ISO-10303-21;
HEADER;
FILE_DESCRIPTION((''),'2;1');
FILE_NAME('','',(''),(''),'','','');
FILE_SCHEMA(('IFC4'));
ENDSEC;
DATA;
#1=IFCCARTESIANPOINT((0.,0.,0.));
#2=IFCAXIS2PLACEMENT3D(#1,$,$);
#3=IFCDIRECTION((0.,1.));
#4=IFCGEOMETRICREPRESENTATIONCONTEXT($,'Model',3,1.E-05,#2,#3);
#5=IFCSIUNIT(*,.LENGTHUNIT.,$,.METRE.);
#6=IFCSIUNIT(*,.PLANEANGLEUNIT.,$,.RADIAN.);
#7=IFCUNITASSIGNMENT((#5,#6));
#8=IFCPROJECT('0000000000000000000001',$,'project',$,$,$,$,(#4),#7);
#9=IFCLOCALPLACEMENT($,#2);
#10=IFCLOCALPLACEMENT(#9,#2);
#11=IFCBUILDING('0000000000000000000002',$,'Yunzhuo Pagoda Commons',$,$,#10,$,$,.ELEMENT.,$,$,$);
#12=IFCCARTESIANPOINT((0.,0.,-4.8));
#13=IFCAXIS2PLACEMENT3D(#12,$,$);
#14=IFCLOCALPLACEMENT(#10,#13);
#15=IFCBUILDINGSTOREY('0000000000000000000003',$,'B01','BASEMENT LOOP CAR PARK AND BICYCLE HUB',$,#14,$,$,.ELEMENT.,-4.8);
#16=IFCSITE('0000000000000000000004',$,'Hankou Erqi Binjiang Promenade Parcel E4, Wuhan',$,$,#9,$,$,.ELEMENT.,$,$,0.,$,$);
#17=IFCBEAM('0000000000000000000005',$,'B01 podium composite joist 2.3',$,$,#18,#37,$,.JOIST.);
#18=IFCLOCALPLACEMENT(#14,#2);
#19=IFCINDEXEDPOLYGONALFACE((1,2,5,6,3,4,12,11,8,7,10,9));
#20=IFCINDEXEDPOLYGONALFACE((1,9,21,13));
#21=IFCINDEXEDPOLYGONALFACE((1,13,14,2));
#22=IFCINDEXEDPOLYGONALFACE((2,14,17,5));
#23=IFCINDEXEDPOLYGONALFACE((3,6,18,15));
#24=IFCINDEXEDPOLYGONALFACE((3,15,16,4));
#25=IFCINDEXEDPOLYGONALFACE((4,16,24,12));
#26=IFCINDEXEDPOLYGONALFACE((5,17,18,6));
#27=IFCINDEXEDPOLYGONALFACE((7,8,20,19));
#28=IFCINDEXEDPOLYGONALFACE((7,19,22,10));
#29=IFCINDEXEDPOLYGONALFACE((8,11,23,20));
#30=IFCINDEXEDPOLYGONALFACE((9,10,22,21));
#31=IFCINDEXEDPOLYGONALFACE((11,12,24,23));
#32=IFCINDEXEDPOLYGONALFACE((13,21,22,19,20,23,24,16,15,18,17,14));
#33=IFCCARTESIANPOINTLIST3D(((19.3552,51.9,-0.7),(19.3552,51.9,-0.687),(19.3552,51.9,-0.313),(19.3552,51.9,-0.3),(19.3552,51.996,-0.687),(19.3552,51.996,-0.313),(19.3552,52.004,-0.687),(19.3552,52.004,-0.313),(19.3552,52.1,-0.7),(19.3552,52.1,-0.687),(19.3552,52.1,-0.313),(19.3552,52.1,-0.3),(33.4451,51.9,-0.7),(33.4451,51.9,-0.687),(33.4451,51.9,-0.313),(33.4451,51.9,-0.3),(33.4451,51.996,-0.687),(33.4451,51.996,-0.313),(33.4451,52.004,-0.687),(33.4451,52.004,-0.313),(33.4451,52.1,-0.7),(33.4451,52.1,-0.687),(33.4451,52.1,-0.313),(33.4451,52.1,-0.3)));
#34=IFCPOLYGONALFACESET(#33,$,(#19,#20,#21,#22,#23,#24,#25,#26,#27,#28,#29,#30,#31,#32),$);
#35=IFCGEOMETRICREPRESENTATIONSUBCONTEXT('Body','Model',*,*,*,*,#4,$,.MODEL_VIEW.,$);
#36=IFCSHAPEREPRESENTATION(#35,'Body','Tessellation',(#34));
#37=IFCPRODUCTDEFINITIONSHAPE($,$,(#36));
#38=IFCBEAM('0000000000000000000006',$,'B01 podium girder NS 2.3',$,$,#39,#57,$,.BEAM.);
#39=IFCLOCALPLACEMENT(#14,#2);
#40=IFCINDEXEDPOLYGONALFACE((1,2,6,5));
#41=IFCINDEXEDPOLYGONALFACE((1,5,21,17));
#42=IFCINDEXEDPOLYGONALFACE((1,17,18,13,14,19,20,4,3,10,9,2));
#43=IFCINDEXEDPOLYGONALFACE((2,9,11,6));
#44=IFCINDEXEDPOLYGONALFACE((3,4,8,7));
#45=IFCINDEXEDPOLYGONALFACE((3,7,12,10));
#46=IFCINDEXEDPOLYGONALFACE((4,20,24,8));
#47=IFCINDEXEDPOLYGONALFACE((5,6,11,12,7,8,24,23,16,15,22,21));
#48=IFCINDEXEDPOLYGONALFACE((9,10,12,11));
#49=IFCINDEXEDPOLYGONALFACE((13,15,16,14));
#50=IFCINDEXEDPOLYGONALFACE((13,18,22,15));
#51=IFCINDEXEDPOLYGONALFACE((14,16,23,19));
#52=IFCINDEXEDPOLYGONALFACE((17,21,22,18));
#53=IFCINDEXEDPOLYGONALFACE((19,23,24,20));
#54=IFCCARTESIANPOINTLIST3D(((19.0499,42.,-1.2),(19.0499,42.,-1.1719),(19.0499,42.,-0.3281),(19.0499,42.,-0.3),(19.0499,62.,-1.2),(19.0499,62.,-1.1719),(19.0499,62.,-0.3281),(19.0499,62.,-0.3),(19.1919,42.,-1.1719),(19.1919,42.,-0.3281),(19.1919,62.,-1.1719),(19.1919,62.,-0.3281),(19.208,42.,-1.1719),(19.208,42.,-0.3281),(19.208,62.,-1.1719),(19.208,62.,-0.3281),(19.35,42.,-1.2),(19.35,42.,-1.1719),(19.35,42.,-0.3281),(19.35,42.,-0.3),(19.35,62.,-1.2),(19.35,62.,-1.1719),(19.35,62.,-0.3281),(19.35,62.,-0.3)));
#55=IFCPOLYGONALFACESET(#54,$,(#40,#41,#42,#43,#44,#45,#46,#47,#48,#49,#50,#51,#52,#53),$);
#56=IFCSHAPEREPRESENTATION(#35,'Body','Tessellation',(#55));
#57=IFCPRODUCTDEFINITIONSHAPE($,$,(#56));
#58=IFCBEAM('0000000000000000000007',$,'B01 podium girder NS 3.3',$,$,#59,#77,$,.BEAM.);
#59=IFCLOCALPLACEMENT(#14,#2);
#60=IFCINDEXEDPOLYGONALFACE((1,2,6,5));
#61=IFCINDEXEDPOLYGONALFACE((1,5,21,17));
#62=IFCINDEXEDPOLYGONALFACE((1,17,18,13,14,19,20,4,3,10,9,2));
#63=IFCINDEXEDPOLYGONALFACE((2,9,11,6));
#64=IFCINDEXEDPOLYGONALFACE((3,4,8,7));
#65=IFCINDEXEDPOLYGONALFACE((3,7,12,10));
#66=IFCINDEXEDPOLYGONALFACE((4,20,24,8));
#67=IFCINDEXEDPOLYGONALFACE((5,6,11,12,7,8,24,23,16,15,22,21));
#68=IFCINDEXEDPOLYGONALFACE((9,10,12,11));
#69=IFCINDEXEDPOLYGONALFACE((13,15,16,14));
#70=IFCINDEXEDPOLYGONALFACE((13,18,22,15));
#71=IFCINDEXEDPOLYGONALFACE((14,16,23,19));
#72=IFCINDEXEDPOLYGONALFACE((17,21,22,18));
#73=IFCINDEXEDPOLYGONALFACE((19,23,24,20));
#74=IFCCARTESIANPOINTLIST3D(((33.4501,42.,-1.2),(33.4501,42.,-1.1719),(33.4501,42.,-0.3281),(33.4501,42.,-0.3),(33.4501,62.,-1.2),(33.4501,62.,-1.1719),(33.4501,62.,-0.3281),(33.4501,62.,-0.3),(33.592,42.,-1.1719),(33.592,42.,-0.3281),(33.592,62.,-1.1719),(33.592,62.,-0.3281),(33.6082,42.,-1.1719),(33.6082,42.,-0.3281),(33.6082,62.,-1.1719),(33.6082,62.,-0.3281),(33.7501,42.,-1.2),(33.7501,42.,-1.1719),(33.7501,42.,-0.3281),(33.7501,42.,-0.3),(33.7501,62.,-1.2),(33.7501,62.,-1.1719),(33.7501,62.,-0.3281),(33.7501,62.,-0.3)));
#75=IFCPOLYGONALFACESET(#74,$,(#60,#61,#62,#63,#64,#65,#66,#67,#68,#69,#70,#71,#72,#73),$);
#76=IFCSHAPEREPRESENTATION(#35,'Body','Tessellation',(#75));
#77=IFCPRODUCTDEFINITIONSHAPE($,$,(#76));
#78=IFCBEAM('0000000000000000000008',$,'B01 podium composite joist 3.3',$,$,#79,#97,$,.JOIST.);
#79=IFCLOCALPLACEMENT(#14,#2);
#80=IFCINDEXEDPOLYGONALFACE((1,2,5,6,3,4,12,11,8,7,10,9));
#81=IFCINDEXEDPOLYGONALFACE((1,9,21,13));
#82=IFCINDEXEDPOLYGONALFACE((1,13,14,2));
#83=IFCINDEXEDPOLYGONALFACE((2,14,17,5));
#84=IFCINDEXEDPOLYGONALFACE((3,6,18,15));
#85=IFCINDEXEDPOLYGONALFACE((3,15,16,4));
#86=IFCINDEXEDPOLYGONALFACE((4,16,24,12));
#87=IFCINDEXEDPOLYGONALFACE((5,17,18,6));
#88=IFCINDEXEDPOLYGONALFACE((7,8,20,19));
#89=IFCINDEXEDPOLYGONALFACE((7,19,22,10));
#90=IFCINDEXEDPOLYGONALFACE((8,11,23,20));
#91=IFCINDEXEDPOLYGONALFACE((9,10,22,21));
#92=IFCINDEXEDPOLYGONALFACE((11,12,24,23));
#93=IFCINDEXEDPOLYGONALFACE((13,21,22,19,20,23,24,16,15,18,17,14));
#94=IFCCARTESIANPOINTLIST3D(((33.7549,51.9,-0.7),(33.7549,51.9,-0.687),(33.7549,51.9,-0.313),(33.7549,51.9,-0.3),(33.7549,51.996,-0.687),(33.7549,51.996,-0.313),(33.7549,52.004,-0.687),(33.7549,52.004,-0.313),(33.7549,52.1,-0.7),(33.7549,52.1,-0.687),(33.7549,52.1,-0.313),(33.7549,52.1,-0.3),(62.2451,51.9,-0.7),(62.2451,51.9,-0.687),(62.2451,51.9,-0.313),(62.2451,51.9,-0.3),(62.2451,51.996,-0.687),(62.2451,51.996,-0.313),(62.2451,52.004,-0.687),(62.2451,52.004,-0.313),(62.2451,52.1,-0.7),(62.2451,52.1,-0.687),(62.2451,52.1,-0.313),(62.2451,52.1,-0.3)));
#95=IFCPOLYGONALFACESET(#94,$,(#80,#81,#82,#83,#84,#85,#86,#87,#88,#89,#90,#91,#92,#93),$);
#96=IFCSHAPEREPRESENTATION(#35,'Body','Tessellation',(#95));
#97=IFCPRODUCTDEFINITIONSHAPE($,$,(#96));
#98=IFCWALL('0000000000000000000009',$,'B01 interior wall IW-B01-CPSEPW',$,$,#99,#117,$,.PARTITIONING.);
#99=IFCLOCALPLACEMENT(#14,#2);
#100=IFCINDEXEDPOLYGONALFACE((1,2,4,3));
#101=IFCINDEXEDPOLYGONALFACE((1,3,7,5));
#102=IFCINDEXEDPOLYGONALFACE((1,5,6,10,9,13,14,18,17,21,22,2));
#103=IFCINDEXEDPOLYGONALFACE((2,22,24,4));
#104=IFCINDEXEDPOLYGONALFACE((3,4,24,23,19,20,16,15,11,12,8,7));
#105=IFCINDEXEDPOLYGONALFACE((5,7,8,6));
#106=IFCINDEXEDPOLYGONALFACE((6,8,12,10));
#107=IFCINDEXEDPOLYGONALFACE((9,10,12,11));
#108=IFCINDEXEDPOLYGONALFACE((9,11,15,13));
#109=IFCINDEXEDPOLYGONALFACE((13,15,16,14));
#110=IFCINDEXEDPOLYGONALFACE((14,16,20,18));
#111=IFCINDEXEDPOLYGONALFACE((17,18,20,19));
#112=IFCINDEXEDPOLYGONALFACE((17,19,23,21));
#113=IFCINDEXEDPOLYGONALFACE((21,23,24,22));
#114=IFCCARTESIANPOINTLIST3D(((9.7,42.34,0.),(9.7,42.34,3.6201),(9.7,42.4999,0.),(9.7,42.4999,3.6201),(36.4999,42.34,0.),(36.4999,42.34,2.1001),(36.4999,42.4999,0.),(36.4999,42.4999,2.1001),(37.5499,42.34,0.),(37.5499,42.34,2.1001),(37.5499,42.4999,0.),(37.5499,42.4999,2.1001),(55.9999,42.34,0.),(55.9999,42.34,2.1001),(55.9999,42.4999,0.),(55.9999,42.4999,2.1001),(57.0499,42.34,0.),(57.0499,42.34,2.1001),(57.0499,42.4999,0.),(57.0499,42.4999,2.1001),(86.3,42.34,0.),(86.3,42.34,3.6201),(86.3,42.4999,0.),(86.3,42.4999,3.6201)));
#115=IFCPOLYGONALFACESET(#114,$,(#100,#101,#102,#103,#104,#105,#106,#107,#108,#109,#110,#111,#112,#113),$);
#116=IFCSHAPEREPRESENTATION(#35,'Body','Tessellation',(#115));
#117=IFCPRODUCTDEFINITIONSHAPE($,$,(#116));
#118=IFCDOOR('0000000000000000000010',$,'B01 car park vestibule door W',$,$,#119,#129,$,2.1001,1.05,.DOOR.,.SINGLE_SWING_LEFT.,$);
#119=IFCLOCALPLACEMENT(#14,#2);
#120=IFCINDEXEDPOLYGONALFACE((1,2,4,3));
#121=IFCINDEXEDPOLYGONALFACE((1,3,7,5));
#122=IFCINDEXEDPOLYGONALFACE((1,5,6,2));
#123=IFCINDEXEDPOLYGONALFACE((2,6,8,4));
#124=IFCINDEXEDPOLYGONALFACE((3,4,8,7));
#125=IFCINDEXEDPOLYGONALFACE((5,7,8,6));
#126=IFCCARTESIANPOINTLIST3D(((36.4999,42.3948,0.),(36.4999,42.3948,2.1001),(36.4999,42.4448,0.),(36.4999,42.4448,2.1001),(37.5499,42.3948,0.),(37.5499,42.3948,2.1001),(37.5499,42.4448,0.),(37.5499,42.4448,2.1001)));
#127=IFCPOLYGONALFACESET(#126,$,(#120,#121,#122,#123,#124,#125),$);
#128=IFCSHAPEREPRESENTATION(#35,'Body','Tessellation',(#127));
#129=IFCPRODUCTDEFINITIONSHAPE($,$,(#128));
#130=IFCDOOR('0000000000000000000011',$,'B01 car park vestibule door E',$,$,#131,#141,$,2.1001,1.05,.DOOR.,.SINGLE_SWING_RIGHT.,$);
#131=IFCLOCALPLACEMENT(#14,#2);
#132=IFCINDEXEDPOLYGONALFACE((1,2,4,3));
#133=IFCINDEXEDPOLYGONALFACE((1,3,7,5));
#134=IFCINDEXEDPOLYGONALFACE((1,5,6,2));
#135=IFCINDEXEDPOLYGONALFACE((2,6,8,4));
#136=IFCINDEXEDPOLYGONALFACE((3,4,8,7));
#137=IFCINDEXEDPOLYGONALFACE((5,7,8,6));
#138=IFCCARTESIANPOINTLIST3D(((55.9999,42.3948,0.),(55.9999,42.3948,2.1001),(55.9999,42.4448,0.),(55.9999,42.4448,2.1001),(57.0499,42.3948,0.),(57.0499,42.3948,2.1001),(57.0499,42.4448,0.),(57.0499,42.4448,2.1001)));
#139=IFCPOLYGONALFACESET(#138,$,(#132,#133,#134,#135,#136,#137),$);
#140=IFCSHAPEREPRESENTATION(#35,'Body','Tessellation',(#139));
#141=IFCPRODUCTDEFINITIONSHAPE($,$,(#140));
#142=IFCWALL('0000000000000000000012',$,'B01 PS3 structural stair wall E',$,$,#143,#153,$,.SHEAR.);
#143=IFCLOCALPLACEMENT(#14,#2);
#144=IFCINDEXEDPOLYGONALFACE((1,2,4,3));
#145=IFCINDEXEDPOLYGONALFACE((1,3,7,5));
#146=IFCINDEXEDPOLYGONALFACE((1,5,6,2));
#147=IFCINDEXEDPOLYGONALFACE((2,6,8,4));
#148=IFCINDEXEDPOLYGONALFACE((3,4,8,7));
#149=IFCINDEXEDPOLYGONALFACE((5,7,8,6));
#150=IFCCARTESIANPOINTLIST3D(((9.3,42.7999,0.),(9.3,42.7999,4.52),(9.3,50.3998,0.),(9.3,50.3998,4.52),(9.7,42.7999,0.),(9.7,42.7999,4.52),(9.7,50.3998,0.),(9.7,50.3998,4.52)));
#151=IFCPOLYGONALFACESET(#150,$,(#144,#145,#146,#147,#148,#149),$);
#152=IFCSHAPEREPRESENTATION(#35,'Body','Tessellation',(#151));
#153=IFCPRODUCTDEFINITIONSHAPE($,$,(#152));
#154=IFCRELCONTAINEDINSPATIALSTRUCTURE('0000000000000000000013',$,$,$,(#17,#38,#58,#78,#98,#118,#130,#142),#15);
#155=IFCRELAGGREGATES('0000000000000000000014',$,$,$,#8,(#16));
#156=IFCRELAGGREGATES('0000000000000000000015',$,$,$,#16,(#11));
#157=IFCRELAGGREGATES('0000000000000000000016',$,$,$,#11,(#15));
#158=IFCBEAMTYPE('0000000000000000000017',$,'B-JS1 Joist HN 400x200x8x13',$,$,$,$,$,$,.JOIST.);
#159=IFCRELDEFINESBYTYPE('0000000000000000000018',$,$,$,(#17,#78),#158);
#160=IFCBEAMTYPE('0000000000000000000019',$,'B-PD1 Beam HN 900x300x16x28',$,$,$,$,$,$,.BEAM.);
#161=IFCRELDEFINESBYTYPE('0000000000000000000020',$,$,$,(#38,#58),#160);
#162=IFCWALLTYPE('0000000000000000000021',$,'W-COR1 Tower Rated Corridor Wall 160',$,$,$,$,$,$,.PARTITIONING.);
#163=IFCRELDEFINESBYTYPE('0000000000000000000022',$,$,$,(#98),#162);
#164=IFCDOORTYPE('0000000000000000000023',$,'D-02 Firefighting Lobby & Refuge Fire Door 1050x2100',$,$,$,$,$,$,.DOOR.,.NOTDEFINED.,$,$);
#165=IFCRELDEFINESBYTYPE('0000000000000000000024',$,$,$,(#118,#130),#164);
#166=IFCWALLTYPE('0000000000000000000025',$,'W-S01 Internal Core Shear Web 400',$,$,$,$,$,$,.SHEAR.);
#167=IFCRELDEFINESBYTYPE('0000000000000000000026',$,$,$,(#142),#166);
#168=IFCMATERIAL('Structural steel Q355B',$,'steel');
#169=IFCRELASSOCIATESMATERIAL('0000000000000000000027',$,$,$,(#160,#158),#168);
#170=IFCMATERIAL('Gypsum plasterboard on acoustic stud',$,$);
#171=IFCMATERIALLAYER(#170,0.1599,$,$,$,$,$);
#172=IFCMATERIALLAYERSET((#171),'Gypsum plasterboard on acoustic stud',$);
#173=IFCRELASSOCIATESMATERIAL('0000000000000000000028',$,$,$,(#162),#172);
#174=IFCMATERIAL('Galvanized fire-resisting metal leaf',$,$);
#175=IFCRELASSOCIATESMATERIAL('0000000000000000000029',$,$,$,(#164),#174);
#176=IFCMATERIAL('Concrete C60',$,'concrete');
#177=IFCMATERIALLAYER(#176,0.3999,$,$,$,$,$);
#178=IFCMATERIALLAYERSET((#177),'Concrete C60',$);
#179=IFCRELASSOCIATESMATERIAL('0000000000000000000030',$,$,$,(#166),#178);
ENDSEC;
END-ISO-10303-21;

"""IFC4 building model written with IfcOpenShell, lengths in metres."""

from ifc_helpers import new_model, si_unit, direction, frame, frame_2d, origin, origin_with_axes, origin_2d, place, context, subcontext, project, spatial, rectangle, i_section, extrude, source, transform, mapped, material, layer, layer_set, material_profile, profile_set, type_object, element, fill, save


model = new_model("IFC4")

# Units and contexts
model_context = context("Model", 3, precision=1e-05, world=origin(), true_north=direction((0.0, 1.0)))
body_context = subcontext(model_context, "Body", "Model", "MODEL_VIEW")
ifc_project = project(units=[si_unit("LENGTHUNIT", "METRE"), si_unit("PLANEANGLEUNIT", "RADIAN")], contexts=[model_context])

# Site, building, storey
site_placement = place(None, origin())
site = spatial("IfcSite", under=ifc_project, at=site_placement, Name="Hankou Erqi Binjiang Promenade Parcel E4, Wuhan", CompositionType="ELEMENT", RefElevation=0.0)
building_placement = place(site_placement, origin())
building = spatial("IfcBuilding", under=site, at=building_placement, Name="Yunzhuo Pagoda Commons", CompositionType="ELEMENT")
storey_placement = place(building_placement, frame((0.0, 0.0, -4.8)))
storey = spatial("IfcBuildingStorey", under=building, at=storey_placement, Name="B01", Description="BASEMENT LOOP CAR PARK AND BICYCLE HUB", CompositionType="ELEMENT", Elevation=-4.8)

# Beams
ifc_material_1 = material(Name="Structural steel Q355B", Category="steel")
ifc_material_profile_1 = material_profile(ifc_material_1, i_section(OverallWidth=0.3, OverallDepth=0.8999, WebThickness=0.0161, FlangeThickness=0.0281, at=origin_2d()), Name="Structural steel Q355B")
ifc_profile_set_1 = profile_set([ifc_material_profile_1], Name="Structural steel Q355B")
beam_type_1 = type_object("IfcBeamType", Name="B-PD1 Beam HN 900x300x16x28", PredefinedType="BEAM", material=ifc_profile_set_1)
ifc_material_profile_2 = material_profile(ifc_material_1, i_section(OverallWidth=0.2, OverallDepth=0.3999, WebThickness=0.0081, FlangeThickness=0.0129, at=origin_2d()), Name="Structural steel Q355B")
ifc_profile_set_2 = profile_set([ifc_material_profile_2], Name="Structural steel Q355B")
beam_type_2 = type_object("IfcBeamType", Name="B-JS1 Joist HN 400x200x8x13", PredefinedType="JOIST", material=ifc_profile_set_2)
shared_shape_1 = source(origin(), body_context, "Body", "SweptSolid", [
    extrude(i_section(OverallWidth=0.2, OverallDepth=0.3999, WebThickness=0.0081, FlangeThickness=0.0129, at=origin_2d()), origin(), (0.0, 0.0, 1.0), 14.0898),
])
beam_1_placement = place(storey_placement, frame((19.3552, 52.0, -0.5), z_axis=(1.0, 0.0, 0.0), x_axis=(0.0, 1.0, 0.0)))
element("IfcBeam", 1, at=beam_1_placement, inside=storey, type_object=beam_type_2, Name="B01 podium composite joist 2.3", PredefinedType="JOIST", context=body_context, shape_type="MappedRepresentation", body=[
    mapped(shared_shape_1, transform((0.0, 0.0, 0.0), scale=1.0)),
])
shared_shape_2 = source(origin(), body_context, "Body", "SweptSolid", [
    extrude(i_section(OverallWidth=0.3, OverallDepth=0.8999, WebThickness=0.0161, FlangeThickness=0.0281, at=origin_2d()), origin(), (0.0, 0.0, 1.0), 20.0),
])
for number, where, z_axis, x_axis, name in (
    (2, (19.2, 42.0, -0.75), (0.0, 1.0, 0.0), (-1.0, 0.0, 0.0), "B01 podium girder NS 2.3"),
    (3, (33.6001, 42.0, -0.75), (0.0, 1.0, 0.0), (-1.0, 0.0, 0.0), "B01 podium girder NS 3.3"),
):
    element("IfcBeam", number, at=place(storey_placement, frame(where, z_axis=z_axis, x_axis=x_axis)), inside=storey, type_object=beam_type_1, Name=name, PredefinedType="BEAM", context=body_context, shape_type="MappedRepresentation", body=[
        mapped(shared_shape_2, transform((0.0, 0.0, 0.0), scale=1.0)),
    ])
shared_shape_3 = source(origin(), body_context, "Body", "SweptSolid", [
    extrude(i_section(OverallWidth=0.2, OverallDepth=0.3999, WebThickness=0.0081, FlangeThickness=0.0129, at=origin_2d()), origin(), (0.0, 0.0, 1.0), 28.4902),
])
beam_2_placement = place(storey_placement, frame((33.7549, 52.0, -0.5), z_axis=(1.0, 0.0, 0.0), x_axis=(0.0, 1.0, 0.0)))
element("IfcBeam", 4, at=beam_2_placement, inside=storey, type_object=beam_type_2, Name="B01 podium composite joist 3.3", PredefinedType="JOIST", context=body_context, shape_type="MappedRepresentation", body=[
    mapped(shared_shape_3, transform((0.0, 0.0, 0.0), scale=1.0)),
])

# Wall, openings, doors
ifc_material_2 = material(Name="Gypsum plasterboard on acoustic stud")
ifc_layer_1 = layer(ifc_material_2, 0.1599)
ifc_layer_set_1 = layer_set([ifc_layer_1], Name="Gypsum plasterboard on acoustic stud")
wall_type_1 = type_object("IfcWallType", Name="W-COR1 Tower Rated Corridor Wall 160", PredefinedType="PARTITIONING", material=ifc_layer_set_1)
wall_1_placement = place(storey_placement, frame((9.7, 42.4199, 0.0), z_axis=(0.0, 0.0, 1.0), x_axis=(1.0, 0.0, 0.0)))
wall_1 = element("IfcWall", 5, at=wall_1_placement, inside=storey, type_object=wall_type_1, Name="B01 interior wall IW-B01-CPSEPW", PredefinedType="PARTITIONING", context=body_context, shape_type="SweptSolid", body=[
    extrude(rectangle(XDim=76.6001, YDim=0.1599, at=frame_2d((38.3, 0.0))), origin(), (0.0, 0.0, 1.0), 3.6201),
])
opening_1_placement = place(wall_1_placement, frame((26.8, 0.0, 0.0)))
opening_1 = element("IfcOpeningElement", 6, at=opening_1_placement, cuts=wall_1, PredefinedType="OPENING", context=body_context, shape_type="SweptSolid", body=[
    extrude(rectangle(XDim=1.05, YDim=2.1001, at=frame_2d((0.5249, 1.05))), frame((0.0, 0.0898, 0.0), z_axis=(0.0, -1.0, 0.0), x_axis=(1.0, 0.0, 0.0)), (0.0, 0.0, 1.0), 0.1799),
])
opening_2_placement = place(wall_1_placement, frame((46.3, 0.0, 0.0)))
opening_2 = element("IfcOpeningElement", 7, at=opening_2_placement, cuts=wall_1, PredefinedType="OPENING", context=body_context, shape_type="SweptSolid", body=[
    extrude(rectangle(XDim=1.05, YDim=2.1001, at=frame_2d((0.5249, 1.05))), frame((0.0, 0.0898, 0.0), z_axis=(0.0, -1.0, 0.0), x_axis=(1.0, 0.0, 0.0)), (0.0, 0.0, 1.0), 0.1799),
])
ifc_material_3 = material(Name="Galvanized fire-resisting metal leaf")
door_type_1 = type_object("IfcDoorType", Name="D-02 Firefighting Lobby & Refuge Fire Door 1050x2100", OperationType="NOTDEFINED", PredefinedType="DOOR", material=ifc_material_3)
shared_shape_4 = source(origin(), body_context, "Body", "SweptSolid", [
    extrude(rectangle(XDim=1.05, YDim=2.1001, at=frame_2d((0.5249, 1.05))), frame((0.0, 0.0249, 0.0), z_axis=(0.0, -1.0, 0.0), x_axis=(1.0, 0.0, 0.0)), (0.0, 0.0, 1.0), 0.05),
])
door_1_placement = place(opening_1_placement, origin_with_axes())
door_1 = element("IfcDoor", 8, at=door_1_placement, inside=storey, type_object=door_type_1, Name="B01 car park vestibule door W", OperationType="SINGLE_SWING_LEFT", OverallHeight=2.1001, OverallWidth=1.05, PredefinedType="DOOR", context=body_context, shape_type="MappedRepresentation", body=[
    mapped(shared_shape_4, transform((0.0, 0.0, 0.0), scale=1.0)),
])
fill(opening_1, door_1)
door_2_placement = place(opening_2_placement, origin_with_axes())
door_2 = element("IfcDoor", 9, at=door_2_placement, inside=storey, type_object=door_type_1, Name="B01 car park vestibule door E", OperationType="SINGLE_SWING_RIGHT", OverallHeight=2.1001, OverallWidth=1.05, PredefinedType="DOOR", context=body_context, shape_type="MappedRepresentation", body=[
    mapped(shared_shape_4, transform((0.0, 0.0, 0.0), scale=1.0)),
])
fill(opening_2, door_2)

# Wall
ifc_material_4 = material(Name="Concrete C60", Category="concrete")
ifc_layer_2 = layer(ifc_material_4, 0.3999)
ifc_layer_set_2 = layer_set([ifc_layer_2], Name="Concrete C60")
wall_type_2 = type_object("IfcWallType", Name="W-S01 Internal Core Shear Web 400", PredefinedType="SHEAR", material=ifc_layer_set_2)
wall_2_placement = place(storey_placement, frame((9.5, 42.8, 0.0), z_axis=(0.0, 0.0, 1.0), x_axis=(0.0, 1.0, 0.0)))
element("IfcWall", 10, at=wall_2_placement, inside=storey, type_object=wall_type_2, Name="B01 PS3 structural stair wall E", PredefinedType="SHEAR", context=body_context, shape_type="SweptSolid", body=[
    extrude(rectangle(XDim=7.5999, YDim=0.3999, at=frame_2d((3.7998, 0.0))), origin(), (0.0, 0.0, 1.0), 4.52),
])

save(model, "model.ifc")
